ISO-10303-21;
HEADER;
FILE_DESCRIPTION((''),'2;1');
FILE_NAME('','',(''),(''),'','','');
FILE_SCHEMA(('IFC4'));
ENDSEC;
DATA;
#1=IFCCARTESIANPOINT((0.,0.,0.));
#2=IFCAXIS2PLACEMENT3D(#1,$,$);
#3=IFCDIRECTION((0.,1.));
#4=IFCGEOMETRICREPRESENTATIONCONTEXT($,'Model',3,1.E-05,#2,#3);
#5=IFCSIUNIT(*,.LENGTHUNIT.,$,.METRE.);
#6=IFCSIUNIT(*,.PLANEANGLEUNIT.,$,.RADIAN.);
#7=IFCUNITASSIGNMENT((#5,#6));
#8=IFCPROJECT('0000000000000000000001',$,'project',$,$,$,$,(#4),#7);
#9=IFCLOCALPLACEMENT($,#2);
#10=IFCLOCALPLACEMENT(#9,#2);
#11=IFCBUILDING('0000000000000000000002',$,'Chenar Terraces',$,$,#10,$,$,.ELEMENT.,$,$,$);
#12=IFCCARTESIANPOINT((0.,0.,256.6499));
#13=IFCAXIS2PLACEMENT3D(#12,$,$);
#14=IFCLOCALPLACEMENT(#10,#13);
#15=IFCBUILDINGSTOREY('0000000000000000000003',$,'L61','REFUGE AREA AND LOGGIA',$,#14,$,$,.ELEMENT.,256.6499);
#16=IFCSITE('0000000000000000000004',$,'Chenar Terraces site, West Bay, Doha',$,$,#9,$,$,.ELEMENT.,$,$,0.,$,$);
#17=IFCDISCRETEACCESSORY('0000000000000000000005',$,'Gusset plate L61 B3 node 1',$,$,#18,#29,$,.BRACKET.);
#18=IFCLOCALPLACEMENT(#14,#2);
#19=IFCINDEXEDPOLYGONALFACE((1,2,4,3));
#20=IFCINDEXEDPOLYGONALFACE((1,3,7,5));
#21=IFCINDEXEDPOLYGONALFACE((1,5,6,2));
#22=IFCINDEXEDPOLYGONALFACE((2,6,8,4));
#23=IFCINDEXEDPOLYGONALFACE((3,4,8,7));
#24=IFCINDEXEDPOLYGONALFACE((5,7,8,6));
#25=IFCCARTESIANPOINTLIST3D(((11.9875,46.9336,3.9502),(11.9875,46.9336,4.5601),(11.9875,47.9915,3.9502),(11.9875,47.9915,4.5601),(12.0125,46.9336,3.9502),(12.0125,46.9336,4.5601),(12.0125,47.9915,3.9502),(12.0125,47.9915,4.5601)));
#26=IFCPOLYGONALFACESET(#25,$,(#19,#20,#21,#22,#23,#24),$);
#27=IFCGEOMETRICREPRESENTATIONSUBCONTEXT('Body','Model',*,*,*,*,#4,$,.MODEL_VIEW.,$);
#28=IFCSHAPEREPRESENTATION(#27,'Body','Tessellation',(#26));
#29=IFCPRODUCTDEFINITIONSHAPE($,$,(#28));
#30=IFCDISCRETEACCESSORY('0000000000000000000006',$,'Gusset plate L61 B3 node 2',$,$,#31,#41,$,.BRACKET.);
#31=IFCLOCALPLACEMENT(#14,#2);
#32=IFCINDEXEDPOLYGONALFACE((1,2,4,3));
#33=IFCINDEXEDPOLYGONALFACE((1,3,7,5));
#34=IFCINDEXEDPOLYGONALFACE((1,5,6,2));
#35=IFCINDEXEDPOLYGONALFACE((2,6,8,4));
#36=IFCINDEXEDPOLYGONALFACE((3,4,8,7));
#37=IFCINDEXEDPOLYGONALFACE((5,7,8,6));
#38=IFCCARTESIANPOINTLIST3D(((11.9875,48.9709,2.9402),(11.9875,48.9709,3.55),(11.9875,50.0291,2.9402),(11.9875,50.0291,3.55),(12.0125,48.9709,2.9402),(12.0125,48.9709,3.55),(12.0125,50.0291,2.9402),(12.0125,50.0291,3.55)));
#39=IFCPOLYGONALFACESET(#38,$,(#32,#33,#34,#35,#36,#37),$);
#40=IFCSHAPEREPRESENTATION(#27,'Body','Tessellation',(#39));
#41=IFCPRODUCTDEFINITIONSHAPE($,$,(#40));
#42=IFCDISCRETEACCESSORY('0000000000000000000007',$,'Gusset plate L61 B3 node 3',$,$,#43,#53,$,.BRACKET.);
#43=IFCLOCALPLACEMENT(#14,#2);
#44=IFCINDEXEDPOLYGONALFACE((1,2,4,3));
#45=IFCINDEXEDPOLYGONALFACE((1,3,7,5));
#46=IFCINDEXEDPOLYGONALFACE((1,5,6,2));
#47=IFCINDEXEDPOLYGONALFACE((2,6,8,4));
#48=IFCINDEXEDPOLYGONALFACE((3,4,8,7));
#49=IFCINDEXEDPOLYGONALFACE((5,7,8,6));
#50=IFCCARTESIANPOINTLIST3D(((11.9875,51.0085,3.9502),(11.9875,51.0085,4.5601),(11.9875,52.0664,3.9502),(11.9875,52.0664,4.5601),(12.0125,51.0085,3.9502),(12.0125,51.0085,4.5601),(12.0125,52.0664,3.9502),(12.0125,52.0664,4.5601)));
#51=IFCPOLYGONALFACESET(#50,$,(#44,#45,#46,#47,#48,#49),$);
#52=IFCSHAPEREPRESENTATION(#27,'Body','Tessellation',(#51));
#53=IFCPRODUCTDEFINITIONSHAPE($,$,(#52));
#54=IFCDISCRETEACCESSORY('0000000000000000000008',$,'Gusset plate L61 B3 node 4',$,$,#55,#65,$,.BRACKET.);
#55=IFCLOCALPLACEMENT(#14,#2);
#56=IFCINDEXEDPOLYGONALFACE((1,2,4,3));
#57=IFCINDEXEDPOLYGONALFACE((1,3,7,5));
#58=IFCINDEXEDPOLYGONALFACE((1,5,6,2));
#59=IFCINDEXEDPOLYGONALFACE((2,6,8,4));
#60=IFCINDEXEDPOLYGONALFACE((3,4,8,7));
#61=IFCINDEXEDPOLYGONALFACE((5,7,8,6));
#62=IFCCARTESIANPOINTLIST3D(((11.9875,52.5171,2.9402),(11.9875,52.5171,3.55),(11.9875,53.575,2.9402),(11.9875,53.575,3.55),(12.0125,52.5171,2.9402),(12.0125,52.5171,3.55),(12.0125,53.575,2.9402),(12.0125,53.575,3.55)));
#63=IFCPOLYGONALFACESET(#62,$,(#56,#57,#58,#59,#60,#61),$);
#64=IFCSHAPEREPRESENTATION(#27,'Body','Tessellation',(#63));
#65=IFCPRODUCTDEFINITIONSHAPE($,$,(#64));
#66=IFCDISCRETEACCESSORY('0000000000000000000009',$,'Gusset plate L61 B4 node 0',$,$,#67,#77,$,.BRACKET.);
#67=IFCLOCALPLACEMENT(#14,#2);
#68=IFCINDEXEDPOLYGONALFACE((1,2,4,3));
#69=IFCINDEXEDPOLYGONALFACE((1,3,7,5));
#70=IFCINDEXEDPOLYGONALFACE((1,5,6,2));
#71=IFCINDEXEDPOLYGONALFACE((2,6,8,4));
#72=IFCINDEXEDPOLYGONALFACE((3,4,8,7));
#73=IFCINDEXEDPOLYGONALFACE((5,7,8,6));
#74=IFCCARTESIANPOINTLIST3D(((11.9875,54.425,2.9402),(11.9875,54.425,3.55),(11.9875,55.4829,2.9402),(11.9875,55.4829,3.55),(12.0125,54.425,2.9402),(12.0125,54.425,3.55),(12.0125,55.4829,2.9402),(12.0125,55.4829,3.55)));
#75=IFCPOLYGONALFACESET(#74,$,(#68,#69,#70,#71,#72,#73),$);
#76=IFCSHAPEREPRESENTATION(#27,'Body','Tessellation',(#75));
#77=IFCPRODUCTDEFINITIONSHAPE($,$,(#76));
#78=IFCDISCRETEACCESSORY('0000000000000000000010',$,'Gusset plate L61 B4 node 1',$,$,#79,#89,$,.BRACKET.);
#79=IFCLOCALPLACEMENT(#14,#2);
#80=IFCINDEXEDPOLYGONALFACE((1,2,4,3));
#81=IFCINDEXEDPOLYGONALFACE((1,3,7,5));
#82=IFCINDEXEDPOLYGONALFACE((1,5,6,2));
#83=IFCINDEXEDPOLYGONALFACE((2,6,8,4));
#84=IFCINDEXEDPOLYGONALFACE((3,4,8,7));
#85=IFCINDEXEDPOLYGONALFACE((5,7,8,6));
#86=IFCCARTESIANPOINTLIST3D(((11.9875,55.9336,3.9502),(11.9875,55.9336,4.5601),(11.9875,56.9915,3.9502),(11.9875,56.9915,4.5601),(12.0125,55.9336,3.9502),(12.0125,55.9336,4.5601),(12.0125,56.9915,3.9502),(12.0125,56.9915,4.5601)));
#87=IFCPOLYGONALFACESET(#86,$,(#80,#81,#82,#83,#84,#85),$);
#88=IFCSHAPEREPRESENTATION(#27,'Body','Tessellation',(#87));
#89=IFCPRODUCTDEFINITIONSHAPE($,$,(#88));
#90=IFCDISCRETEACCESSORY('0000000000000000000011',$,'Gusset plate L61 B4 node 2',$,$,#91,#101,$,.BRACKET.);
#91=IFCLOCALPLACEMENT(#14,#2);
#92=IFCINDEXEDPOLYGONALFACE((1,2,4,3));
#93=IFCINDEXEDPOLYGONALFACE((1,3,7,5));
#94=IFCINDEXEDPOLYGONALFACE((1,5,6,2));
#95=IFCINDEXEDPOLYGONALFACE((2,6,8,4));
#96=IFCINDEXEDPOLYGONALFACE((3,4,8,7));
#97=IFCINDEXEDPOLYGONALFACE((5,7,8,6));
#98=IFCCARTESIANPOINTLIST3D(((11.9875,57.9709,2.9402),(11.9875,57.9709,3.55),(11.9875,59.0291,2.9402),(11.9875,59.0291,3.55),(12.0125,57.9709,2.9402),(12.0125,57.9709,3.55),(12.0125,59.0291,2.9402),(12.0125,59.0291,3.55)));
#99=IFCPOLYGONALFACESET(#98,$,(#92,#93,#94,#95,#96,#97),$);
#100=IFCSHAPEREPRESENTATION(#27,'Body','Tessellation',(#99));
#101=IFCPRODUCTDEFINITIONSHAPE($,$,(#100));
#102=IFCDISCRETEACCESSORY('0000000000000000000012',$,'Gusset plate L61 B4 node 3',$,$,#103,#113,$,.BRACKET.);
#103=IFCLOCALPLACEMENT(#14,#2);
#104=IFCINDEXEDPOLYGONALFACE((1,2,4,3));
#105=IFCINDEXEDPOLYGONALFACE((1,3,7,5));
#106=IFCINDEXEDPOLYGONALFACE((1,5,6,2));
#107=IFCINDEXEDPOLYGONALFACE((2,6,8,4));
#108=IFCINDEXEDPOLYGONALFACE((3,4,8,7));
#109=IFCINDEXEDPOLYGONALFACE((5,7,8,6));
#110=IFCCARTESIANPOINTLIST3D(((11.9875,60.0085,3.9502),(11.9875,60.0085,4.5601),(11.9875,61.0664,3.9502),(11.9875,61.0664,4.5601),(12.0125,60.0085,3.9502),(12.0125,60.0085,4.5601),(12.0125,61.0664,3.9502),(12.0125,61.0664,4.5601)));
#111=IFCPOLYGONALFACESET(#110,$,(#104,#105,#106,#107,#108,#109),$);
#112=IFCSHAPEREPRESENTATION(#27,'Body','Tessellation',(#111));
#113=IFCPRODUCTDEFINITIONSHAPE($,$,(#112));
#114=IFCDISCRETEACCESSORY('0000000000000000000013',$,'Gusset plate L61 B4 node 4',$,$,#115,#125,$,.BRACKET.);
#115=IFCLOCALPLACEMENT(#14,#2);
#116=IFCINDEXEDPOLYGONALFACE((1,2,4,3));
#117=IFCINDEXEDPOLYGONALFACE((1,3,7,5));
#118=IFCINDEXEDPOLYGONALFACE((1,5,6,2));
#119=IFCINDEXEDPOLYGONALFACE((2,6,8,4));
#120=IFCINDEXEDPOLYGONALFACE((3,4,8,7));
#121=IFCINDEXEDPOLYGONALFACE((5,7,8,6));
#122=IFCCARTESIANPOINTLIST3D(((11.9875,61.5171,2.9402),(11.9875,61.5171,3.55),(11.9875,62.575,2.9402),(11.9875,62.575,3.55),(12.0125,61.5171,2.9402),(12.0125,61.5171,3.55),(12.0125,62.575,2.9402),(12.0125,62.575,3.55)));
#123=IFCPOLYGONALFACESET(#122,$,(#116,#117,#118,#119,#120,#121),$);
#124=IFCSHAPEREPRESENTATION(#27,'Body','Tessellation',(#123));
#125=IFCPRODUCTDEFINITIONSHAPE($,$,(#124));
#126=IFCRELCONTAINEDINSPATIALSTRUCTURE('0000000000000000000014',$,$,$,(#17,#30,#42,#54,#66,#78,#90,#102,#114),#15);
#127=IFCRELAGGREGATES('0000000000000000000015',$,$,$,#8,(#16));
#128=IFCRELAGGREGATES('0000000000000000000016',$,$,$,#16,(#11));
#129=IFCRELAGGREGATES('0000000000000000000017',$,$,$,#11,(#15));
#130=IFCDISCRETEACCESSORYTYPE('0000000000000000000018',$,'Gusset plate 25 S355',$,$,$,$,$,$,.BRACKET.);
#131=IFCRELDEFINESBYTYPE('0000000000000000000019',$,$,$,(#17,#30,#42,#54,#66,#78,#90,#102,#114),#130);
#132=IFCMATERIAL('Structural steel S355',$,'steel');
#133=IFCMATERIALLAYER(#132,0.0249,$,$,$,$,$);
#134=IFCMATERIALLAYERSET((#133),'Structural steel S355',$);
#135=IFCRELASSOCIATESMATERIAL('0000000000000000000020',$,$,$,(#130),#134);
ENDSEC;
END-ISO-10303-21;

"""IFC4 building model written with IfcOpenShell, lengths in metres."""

from ifc_helpers import new_model, si_unit, direction, frame, origin, place, context, subcontext, project, spatial, polyline, outline, extrude, material, layer, layer_set, type_object, element, save


model = new_model("IFC4")

# Units and contexts
model_context = context("Model", 3, precision=1e-05, world=origin(), true_north=direction((0.0, 1.0)))
body_context = subcontext(model_context, "Body", "Model", "MODEL_VIEW")
ifc_project = project(units=[si_unit("LENGTHUNIT", "METRE"), si_unit("PLANEANGLEUNIT", "RADIAN")], contexts=[model_context])

# Site, building, storey
site_placement = place(None, origin())
site = spatial("IfcSite", under=ifc_project, at=site_placement, Name="Chenar Terraces site, West Bay, Doha", CompositionType="ELEMENT", RefElevation=0.0)
building_placement = place(site_placement, origin())
building = spatial("IfcBuilding", under=site, at=building_placement, Name="Chenar Terraces", CompositionType="ELEMENT")
storey_placement = place(building_placement, frame((0.0, 0.0, 256.6499)))
storey = spatial("IfcBuildingStorey", under=building, at=storey_placement, Name="L61", Description="REFUGE AREA AND LOGGIA", CompositionType="ELEMENT", Elevation=256.6499)

# Discrete accessories
ifc_material_1 = material(Name="Structural steel S355", Category="steel")
ifc_layer_1 = layer(ifc_material_1, 0.0249)
ifc_layer_set_1 = layer_set([ifc_layer_1], Name="Structural steel S355")
discrete_accessory_type = type_object("IfcDiscreteAccessoryType", Name="Gusset plate 25 S355", PredefinedType="BRACKET", material=ifc_layer_set_1)
placement_1 = place(storey_placement, frame((0.0, 0.0, 2.9402)))
placement_2 = place(storey_placement, frame((0.0, 0.0, 3.9502)))
element("IfcDiscreteAccessory", 1, at=placement_2, inside=storey, type_object=discrete_accessory_type, Name="Gusset plate L61 B3 node 1", PredefinedType="BRACKET", context=body_context, shape_type="SweptSolid", body=[
    extrude(outline(polyline([(12.0125, 46.9336), (12.0125, 47.9915), (11.9875, 47.9915), (11.9875, 46.9336), (12.0125, 46.9336)])), origin(), (0.0, 0.0, 1.0), 0.6099),
])
element("IfcDiscreteAccessory", 2, at=placement_1, inside=storey, type_object=discrete_accessory_type, Name="Gusset plate L61 B3 node 2", PredefinedType="BRACKET", context=body_context, shape_type="SweptSolid", body=[
    extrude(outline(polyline([(12.0125, 48.9709), (12.0125, 50.0291), (11.9875, 50.0291), (11.9875, 48.9709), (12.0125, 48.9709)])), origin(), (0.0, 0.0, 1.0), 0.6099),
])
element("IfcDiscreteAccessory", 3, at=placement_2, inside=storey, type_object=discrete_accessory_type, Name="Gusset plate L61 B3 node 3", PredefinedType="BRACKET", context=body_context, shape_type="SweptSolid", body=[
    extrude(outline(polyline([(12.0125, 51.0085), (12.0125, 52.0664), (11.9875, 52.0664), (11.9875, 51.0085), (12.0125, 51.0085)])), origin(), (0.0, 0.0, 1.0), 0.6099),
])
element("IfcDiscreteAccessory", 4, at=placement_1, inside=storey, type_object=discrete_accessory_type, Name="Gusset plate L61 B3 node 4", PredefinedType="BRACKET", context=body_context, shape_type="SweptSolid", body=[
    extrude(outline(polyline([(12.0125, 52.5171), (12.0125, 53.575), (11.9875, 53.575), (11.9875, 52.5171), (12.0125, 52.5171)])), origin(), (0.0, 0.0, 1.0), 0.6099),
])
element("IfcDiscreteAccessory", 5, at=placement_1, inside=storey, type_object=discrete_accessory_type, Name="Gusset plate L61 B4 node 0", PredefinedType="BRACKET", context=body_context, shape_type="SweptSolid", body=[
    extrude(outline(polyline([(12.0125, 54.425), (12.0125, 55.4829), (11.9875, 55.4829), (11.9875, 54.425), (12.0125, 54.425)])), origin(), (0.0, 0.0, 1.0), 0.6099),
])
element("IfcDiscreteAccessory", 6, at=placement_2, inside=storey, type_object=discrete_accessory_type, Name="Gusset plate L61 B4 node 1", PredefinedType="BRACKET", context=body_context, shape_type="SweptSolid", body=[
    extrude(outline(polyline([(12.0125, 55.9336), (12.0125, 56.9915), (11.9875, 56.9915), (11.9875, 55.9336), (12.0125, 55.9336)])), origin(), (0.0, 0.0, 1.0), 0.6099),
])
element("IfcDiscreteAccessory", 7, at=placement_1, inside=storey, type_object=discrete_accessory_type, Name="Gusset plate L61 B4 node 2", PredefinedType="BRACKET", context=body_context, shape_type="SweptSolid", body=[
    extrude(outline(polyline([(12.0125, 57.9709), (12.0125, 59.0291), (11.9875, 59.0291), (11.9875, 57.9709), (12.0125, 57.9709)])), origin(), (0.0, 0.0, 1.0), 0.6099),
])
element("IfcDiscreteAccessory", 8, at=placement_2, inside=storey, type_object=discrete_accessory_type, Name="Gusset plate L61 B4 node 3", PredefinedType="BRACKET", context=body_context, shape_type="SweptSolid", body=[
    extrude(outline(polyline([(12.0125, 60.0085), (12.0125, 61.0664), (11.9875, 61.0664), (11.9875, 60.0085), (12.0125, 60.0085)])), origin(), (0.0, 0.0, 1.0), 0.6099),
])
element("IfcDiscreteAccessory", 9, at=placement_1, inside=storey, type_object=discrete_accessory_type, Name="Gusset plate L61 B4 node 4", PredefinedType="BRACKET", context=body_context, shape_type="SweptSolid", body=[
    extrude(outline(polyline([(12.0125, 61.5171), (12.0125, 62.575), (11.9875, 62.575), (11.9875, 61.5171), (12.0125, 61.5171)])), origin(), (0.0, 0.0, 1.0), 0.6099),
])

save(model, "model.ifc")
